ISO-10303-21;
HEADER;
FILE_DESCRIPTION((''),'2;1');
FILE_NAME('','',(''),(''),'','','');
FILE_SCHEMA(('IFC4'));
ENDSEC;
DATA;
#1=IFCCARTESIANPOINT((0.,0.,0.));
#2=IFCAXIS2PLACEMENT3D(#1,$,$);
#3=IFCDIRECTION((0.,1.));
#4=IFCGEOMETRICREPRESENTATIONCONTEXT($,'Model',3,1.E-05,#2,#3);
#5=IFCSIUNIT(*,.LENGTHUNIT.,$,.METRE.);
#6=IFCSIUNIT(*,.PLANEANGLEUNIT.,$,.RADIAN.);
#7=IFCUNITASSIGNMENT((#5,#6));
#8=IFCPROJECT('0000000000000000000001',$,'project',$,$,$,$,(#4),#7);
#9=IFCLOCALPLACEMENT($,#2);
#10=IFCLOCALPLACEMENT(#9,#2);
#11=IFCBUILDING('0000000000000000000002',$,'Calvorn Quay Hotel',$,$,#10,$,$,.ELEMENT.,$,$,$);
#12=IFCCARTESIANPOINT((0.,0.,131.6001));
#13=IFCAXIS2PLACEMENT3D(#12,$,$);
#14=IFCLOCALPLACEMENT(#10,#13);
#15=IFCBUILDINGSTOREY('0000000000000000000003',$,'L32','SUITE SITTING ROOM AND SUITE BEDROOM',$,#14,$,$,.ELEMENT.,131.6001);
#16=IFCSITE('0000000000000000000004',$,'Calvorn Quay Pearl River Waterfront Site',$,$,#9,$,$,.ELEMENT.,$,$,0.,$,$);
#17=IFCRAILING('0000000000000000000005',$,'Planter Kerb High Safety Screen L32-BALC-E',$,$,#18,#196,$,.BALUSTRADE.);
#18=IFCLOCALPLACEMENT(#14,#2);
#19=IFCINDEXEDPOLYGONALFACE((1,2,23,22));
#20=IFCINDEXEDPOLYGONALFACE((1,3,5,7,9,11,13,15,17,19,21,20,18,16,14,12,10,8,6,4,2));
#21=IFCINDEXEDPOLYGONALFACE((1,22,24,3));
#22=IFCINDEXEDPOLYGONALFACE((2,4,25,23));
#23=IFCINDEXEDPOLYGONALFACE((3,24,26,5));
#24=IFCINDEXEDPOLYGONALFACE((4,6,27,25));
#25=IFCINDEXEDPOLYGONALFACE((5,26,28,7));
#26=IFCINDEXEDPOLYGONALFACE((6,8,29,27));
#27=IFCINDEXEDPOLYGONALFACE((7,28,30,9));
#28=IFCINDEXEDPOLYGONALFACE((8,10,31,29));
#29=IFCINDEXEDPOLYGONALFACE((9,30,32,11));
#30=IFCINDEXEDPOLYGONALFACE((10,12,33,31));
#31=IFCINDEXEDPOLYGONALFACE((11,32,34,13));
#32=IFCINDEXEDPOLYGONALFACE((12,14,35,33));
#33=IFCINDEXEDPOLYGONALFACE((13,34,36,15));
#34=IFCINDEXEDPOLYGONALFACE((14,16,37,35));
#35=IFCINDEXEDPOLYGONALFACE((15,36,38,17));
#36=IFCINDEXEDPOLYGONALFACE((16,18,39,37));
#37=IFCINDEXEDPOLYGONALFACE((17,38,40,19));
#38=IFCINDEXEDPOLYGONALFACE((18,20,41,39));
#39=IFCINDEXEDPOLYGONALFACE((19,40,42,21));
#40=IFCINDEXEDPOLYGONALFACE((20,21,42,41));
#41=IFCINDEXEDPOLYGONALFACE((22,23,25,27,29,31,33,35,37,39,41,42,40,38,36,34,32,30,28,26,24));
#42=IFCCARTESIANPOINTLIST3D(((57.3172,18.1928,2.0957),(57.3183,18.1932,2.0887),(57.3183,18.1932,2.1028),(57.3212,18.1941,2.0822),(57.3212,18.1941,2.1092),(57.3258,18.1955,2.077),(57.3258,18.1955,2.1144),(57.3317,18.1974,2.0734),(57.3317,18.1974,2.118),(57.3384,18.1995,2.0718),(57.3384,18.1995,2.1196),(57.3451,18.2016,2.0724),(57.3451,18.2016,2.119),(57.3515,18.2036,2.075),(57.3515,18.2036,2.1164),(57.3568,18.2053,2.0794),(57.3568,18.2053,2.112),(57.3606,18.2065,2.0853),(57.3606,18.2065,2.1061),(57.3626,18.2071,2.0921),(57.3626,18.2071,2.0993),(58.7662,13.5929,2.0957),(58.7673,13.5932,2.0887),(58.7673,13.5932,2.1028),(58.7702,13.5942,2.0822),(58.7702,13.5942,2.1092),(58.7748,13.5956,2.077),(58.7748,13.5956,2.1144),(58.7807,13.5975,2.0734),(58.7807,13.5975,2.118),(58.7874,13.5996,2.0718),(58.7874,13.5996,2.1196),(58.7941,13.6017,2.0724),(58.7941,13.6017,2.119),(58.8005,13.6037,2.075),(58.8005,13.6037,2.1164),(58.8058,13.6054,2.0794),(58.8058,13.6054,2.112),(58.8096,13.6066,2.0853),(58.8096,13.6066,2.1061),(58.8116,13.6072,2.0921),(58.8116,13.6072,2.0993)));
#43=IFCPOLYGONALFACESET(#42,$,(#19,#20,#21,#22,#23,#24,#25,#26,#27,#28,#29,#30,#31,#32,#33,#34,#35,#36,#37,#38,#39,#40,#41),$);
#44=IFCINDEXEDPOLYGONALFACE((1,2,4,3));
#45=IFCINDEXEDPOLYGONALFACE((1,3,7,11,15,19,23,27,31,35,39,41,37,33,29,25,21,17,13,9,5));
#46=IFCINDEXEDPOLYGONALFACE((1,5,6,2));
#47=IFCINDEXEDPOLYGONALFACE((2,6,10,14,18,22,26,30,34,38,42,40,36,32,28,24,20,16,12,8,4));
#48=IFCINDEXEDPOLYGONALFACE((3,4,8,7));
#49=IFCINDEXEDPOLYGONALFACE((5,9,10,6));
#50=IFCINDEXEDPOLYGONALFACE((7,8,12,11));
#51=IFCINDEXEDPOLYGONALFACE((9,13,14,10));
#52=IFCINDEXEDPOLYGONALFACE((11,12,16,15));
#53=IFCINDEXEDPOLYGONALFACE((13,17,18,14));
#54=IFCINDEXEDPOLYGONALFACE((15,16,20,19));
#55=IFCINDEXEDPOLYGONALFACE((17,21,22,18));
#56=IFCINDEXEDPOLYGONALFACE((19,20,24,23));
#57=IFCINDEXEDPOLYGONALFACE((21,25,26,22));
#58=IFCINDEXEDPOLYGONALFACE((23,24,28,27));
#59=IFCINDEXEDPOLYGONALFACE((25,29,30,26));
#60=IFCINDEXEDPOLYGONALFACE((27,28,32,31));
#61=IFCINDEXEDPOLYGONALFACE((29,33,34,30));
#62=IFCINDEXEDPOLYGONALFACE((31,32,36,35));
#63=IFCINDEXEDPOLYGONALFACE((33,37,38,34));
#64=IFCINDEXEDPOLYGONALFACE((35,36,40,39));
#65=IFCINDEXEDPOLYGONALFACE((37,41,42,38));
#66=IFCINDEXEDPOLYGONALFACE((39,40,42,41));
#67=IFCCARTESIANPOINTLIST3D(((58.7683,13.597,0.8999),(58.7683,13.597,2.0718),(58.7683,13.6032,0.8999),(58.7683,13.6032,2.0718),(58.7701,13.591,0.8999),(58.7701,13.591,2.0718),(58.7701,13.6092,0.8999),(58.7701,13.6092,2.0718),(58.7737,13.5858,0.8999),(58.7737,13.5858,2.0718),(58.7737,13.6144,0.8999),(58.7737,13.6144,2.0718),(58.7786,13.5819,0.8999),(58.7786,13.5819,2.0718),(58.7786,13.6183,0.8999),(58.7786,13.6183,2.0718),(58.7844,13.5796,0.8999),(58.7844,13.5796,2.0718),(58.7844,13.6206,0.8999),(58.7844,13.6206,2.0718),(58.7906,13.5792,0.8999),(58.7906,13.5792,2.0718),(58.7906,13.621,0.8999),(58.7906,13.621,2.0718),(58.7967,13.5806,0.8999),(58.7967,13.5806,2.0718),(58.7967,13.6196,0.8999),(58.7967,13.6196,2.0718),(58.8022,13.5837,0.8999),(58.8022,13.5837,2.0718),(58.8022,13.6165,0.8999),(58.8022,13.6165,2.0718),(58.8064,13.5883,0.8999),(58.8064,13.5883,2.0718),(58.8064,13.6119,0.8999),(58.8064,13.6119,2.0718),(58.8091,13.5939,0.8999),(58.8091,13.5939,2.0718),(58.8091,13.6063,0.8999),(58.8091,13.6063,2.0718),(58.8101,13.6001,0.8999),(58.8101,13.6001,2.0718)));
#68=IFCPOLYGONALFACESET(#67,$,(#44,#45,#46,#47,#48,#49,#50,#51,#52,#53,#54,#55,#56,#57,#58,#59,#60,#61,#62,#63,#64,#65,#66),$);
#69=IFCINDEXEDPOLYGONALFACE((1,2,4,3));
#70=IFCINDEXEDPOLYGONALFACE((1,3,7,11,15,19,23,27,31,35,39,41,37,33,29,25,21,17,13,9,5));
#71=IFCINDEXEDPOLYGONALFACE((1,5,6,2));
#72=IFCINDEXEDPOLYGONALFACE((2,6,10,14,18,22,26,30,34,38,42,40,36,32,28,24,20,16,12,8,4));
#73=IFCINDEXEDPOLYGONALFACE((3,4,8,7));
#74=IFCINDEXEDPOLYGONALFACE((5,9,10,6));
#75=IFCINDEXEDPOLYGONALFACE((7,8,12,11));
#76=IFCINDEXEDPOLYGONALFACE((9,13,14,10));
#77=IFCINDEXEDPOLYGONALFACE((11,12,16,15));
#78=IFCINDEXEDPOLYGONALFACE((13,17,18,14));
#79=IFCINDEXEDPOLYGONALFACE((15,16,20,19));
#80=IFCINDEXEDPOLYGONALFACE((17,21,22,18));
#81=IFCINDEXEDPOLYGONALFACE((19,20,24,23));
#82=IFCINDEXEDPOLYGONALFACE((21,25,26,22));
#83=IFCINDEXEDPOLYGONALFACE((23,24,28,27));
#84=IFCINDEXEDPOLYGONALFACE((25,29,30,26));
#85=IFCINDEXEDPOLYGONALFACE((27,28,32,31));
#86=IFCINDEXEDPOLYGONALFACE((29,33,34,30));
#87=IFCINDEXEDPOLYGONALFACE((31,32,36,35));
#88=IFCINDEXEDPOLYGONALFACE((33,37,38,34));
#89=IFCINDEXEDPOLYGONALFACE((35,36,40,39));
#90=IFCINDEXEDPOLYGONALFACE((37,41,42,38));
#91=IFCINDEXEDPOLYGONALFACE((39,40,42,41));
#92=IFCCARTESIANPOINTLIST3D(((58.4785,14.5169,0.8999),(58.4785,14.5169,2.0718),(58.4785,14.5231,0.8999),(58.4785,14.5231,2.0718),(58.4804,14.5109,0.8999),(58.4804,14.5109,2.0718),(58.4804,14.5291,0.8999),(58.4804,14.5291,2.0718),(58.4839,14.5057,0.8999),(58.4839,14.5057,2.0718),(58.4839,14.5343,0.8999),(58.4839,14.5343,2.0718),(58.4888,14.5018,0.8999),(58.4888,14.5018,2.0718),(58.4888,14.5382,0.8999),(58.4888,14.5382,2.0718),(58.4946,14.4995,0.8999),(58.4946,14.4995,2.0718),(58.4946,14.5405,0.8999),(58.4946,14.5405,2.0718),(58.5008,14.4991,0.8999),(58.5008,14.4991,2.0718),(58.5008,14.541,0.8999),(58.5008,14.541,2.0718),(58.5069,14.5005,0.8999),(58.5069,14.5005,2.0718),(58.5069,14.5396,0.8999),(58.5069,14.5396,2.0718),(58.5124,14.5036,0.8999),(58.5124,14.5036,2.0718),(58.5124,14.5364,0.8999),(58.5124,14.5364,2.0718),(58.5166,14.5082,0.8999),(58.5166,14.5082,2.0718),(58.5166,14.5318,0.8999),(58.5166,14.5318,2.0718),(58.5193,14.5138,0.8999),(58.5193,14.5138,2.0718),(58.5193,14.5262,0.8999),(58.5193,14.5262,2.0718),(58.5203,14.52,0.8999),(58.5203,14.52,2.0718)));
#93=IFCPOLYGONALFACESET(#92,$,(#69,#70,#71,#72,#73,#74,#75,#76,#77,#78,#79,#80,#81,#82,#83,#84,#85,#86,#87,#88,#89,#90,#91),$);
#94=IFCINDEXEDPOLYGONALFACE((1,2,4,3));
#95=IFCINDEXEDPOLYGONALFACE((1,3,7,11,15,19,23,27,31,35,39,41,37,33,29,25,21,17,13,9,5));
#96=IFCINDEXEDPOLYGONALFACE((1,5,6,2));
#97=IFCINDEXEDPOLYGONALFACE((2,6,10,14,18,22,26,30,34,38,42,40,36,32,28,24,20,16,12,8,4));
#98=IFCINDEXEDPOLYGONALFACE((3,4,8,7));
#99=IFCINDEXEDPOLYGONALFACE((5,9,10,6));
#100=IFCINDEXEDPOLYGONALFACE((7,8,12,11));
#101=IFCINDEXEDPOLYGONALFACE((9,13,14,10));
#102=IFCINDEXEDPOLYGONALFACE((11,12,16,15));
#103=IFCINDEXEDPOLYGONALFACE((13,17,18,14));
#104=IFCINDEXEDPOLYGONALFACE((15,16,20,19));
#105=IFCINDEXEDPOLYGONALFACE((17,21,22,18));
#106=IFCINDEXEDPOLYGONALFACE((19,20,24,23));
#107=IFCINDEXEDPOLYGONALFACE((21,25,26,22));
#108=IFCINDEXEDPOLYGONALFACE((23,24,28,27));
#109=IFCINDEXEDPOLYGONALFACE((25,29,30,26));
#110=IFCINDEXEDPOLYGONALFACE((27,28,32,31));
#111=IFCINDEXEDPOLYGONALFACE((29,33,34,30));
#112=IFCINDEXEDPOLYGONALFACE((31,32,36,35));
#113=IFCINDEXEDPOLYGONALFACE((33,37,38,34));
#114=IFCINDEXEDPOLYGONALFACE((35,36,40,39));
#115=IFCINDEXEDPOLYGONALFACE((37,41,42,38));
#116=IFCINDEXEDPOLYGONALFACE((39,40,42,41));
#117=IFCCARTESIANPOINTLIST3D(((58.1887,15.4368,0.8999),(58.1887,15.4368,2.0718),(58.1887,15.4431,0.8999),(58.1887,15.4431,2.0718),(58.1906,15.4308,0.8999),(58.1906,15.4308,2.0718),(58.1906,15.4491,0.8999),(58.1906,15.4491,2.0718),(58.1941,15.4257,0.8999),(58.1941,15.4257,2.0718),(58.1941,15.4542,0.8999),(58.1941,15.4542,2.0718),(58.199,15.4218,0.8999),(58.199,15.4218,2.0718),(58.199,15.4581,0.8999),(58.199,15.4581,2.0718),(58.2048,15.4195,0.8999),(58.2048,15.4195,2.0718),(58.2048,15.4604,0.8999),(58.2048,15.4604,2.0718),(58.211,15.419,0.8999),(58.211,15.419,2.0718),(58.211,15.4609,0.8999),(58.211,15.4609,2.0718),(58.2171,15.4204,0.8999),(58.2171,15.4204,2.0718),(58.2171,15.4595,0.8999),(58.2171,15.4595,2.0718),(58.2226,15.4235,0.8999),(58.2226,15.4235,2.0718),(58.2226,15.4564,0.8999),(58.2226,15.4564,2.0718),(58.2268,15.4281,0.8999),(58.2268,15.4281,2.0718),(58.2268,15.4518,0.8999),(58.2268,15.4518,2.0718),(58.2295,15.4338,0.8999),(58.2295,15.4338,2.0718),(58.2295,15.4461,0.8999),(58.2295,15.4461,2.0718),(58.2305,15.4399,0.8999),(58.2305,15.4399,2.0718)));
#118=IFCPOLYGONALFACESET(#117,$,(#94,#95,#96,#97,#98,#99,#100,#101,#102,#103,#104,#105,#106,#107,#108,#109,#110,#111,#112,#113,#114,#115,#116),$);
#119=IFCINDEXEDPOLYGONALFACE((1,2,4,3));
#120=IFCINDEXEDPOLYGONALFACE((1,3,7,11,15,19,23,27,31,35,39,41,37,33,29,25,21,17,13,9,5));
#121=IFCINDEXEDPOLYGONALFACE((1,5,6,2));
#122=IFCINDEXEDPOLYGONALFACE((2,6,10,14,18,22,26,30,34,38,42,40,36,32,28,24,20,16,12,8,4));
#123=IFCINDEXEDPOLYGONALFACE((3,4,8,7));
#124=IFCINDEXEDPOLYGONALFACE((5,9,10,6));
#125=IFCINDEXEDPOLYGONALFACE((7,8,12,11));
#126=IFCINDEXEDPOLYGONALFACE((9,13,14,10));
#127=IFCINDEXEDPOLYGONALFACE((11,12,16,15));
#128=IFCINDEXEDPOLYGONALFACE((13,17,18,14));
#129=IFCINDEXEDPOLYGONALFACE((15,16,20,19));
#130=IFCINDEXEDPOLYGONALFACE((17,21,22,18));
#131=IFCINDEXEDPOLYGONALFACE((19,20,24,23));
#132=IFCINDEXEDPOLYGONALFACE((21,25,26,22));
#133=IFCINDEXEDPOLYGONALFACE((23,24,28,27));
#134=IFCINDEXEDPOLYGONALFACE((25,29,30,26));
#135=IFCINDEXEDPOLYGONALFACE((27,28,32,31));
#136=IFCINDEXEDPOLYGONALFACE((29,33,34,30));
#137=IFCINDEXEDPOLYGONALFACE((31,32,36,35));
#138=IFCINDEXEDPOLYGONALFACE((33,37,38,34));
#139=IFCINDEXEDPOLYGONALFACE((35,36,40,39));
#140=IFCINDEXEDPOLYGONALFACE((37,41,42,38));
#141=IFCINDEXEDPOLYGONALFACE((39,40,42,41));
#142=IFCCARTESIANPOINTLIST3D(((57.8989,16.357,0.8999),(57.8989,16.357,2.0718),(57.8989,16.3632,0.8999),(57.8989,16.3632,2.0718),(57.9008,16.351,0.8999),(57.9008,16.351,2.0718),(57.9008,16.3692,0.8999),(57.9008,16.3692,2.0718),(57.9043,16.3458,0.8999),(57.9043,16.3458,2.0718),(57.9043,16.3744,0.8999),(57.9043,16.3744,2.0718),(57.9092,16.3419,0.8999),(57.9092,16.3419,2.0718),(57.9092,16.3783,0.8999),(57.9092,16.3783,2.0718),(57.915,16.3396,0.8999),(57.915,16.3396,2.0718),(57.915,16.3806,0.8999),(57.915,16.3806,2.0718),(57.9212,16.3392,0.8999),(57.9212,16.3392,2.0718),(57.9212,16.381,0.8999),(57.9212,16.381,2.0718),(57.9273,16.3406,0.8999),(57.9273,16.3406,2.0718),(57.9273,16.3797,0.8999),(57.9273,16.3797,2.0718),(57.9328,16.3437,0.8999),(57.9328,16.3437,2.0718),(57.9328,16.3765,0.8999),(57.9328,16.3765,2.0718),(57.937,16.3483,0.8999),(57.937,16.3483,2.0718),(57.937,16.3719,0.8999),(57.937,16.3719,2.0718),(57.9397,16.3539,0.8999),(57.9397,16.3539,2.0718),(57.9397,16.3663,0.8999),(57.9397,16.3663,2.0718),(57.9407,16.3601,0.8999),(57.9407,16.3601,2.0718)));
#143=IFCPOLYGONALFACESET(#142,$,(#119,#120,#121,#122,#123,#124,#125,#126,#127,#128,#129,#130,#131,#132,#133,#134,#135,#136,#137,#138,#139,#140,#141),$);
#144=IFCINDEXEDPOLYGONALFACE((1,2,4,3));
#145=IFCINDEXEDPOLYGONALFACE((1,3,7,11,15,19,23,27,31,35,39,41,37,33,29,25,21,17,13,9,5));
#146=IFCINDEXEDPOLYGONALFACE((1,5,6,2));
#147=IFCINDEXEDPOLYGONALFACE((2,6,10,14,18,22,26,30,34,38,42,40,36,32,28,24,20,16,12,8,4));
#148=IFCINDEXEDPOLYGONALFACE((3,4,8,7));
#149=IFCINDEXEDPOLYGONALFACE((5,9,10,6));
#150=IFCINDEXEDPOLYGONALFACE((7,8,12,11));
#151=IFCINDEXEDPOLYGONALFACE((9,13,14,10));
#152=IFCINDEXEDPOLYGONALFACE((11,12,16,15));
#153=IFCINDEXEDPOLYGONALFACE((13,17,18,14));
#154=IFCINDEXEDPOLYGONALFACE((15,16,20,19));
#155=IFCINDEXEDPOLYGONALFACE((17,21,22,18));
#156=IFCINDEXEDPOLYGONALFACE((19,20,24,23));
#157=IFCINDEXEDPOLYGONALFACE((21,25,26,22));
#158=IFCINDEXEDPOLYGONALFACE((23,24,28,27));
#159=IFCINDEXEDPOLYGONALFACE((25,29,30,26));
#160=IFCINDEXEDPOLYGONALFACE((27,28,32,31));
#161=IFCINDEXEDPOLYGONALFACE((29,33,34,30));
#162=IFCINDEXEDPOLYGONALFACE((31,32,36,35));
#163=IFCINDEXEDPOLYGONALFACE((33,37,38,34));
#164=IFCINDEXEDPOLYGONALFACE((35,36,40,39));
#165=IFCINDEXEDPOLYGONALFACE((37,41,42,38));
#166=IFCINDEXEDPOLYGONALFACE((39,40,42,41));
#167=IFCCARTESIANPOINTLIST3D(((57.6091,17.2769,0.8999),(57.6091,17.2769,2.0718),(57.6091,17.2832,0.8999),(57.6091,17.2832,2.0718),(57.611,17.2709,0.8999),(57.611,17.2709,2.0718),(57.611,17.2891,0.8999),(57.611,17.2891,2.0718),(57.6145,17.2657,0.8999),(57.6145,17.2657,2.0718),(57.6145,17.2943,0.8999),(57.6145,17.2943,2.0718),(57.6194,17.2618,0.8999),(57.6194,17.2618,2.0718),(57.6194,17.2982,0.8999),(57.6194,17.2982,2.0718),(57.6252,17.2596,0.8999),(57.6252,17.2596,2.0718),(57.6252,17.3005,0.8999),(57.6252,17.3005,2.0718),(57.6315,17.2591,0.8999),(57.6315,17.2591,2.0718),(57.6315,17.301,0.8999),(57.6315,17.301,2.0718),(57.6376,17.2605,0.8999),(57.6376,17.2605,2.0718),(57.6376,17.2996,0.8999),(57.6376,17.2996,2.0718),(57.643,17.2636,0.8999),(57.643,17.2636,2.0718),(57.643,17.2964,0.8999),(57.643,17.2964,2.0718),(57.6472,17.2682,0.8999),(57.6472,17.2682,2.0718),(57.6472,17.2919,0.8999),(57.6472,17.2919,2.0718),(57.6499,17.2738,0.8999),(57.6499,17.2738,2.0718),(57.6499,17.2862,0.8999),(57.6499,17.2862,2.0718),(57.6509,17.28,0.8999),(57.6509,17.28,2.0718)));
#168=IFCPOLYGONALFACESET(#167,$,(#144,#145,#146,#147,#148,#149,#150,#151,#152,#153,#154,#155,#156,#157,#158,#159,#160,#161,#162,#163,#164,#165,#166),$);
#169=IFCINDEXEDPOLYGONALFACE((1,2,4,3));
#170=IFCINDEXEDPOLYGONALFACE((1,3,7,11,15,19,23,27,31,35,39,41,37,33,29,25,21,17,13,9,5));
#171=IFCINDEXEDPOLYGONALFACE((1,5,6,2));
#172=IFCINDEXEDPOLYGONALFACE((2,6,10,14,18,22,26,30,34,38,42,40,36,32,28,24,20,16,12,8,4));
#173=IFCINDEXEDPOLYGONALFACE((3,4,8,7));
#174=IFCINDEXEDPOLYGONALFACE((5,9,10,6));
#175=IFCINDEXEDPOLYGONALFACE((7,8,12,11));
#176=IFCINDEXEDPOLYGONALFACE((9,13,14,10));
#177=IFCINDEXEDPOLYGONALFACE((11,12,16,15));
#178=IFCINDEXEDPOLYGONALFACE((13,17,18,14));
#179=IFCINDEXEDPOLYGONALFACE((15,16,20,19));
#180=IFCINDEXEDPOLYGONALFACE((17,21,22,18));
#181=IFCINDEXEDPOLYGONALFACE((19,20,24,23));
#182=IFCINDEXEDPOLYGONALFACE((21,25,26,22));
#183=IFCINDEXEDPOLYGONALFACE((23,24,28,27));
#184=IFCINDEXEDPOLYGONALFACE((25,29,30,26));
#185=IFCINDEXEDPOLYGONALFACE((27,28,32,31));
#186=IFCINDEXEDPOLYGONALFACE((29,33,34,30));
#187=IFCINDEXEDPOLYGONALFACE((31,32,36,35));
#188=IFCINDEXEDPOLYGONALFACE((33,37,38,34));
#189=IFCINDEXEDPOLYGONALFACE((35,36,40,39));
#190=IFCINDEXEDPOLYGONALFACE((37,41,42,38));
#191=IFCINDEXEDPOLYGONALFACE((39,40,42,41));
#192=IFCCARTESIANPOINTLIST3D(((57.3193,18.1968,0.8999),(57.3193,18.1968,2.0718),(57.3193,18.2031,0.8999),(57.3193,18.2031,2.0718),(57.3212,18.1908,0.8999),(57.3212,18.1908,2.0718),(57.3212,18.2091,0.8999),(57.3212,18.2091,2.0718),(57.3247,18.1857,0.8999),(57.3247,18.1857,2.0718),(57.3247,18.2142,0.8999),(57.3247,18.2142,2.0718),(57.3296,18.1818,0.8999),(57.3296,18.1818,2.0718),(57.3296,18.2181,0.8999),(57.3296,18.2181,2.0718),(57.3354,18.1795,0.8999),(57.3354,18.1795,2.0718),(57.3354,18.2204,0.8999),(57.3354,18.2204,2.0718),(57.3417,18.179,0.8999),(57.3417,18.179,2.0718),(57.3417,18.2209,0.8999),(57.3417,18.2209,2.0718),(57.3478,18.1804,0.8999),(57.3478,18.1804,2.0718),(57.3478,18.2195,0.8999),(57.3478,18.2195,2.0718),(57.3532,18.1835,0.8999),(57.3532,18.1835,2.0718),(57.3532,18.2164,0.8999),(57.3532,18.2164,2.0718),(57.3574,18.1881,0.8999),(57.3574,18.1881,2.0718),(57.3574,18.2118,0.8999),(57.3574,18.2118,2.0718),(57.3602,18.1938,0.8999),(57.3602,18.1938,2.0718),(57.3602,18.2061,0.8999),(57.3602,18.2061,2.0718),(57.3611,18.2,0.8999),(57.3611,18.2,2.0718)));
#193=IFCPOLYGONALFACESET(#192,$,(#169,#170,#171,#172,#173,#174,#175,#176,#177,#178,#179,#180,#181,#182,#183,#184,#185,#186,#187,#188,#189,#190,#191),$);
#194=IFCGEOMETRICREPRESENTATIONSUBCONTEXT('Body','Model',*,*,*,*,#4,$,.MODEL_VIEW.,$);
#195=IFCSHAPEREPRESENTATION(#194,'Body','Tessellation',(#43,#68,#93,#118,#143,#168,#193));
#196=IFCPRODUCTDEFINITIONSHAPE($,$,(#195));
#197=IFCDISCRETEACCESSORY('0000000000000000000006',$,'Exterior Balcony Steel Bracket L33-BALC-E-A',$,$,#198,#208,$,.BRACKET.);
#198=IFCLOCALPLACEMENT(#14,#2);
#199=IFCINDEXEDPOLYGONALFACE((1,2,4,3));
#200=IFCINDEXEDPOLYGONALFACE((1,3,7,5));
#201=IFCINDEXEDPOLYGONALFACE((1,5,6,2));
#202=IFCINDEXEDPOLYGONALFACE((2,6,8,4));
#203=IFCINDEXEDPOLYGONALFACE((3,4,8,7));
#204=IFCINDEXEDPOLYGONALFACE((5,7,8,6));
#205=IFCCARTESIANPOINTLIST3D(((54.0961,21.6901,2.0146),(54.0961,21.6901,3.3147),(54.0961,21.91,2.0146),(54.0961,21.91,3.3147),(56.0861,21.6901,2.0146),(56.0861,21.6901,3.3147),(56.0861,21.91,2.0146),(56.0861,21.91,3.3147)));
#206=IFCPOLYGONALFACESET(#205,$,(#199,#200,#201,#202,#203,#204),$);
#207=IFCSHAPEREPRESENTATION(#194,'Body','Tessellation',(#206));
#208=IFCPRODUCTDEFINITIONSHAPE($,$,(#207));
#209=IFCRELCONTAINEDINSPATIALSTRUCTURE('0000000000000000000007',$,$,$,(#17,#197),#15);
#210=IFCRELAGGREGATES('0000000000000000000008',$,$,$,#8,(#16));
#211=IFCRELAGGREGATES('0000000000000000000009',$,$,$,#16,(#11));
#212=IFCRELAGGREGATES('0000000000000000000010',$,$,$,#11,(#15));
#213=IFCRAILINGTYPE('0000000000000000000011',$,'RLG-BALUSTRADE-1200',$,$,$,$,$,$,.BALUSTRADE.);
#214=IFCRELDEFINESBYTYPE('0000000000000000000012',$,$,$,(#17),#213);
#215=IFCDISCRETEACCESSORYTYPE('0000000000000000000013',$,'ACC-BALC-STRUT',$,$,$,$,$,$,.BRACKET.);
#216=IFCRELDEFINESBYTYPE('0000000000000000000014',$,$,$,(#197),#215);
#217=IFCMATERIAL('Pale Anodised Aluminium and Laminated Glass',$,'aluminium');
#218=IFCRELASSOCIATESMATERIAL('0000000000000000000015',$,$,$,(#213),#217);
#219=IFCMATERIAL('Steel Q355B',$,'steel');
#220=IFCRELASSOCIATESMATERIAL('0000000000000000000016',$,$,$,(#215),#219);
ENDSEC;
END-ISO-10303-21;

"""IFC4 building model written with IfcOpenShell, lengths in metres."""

from ifc_helpers import new_model, si_unit, direction, frame, origin, origin_2d, place, context, subcontext, project, spatial, rectangle, circle, extrude, material, type_object, element, save


model = new_model("IFC4")

# Units and contexts
model_context = context("Model", 3, precision=1e-05, world=origin(), true_north=direction((0.0, 1.0)))
body_context = subcontext(model_context, "Body", "Model", "MODEL_VIEW")
ifc_project = project(units=[si_unit("LENGTHUNIT", "METRE"), si_unit("PLANEANGLEUNIT", "RADIAN")], contexts=[model_context])

# Site, building, storey
site_placement = place(None, origin())
site = spatial("IfcSite", under=ifc_project, at=site_placement, Name="Calvorn Quay Pearl River Waterfront Site", CompositionType="ELEMENT", RefElevation=0.0)
building_placement = place(site_placement, origin())
building = spatial("IfcBuilding", under=site, at=building_placement, Name="Calvorn Quay Hotel", CompositionType="ELEMENT")
storey_placement = place(building_placement, frame((0.0, 0.0, 131.6001)))
storey = spatial("IfcBuildingStorey", under=building, at=storey_placement, Name="L32", Description="SUITE SITTING ROOM AND SUITE BEDROOM", CompositionType="ELEMENT", Elevation=131.6001)

# Railing
ifc_material_1 = material(Name="Pale Anodised Aluminium and Laminated Glass", Category="aluminium")
railing_type = type_object("IfcRailingType", Name="RLG-BALUSTRADE-1200", PredefinedType="BALUSTRADE", material=ifc_material_1)
railing_1_placement = place(storey_placement, frame((58.7891, 13.6001, 0.8999)))
element("IfcRailing", 1, at=railing_1_placement, inside=storey, type_object=railing_type, Name="Planter Kerb High Safety Screen L32-BALC-E", PredefinedType="BALUSTRADE", context=body_context, shape_type="SweptSolid", body=[
    extrude(circle(Radius=0.0239, at=origin_2d()), frame((0.0, 0.0, 1.1958), z_axis=(-0.30045, 0.953797, 0.0), x_axis=(-0.953797, -0.30045, 0.0)), (0.0, 0.0, 1.0), 4.8228),
    extrude(circle(Radius=0.021, at=origin_2d()), origin(), (0.0, 0.0, 1.0), 1.1719),
    extrude(circle(Radius=0.021, at=origin_2d()), frame((-0.2898, 0.9199, 0.0)), (0.0, 0.0, 1.0), 1.1719),
    extrude(circle(Radius=0.021, at=origin_2d()), frame((-0.5796, 1.8398, 0.0)), (0.0, 0.0, 1.0), 1.1719),
    extrude(circle(Radius=0.021, at=origin_2d()), frame((-0.8694, 2.76, 0.0)), (0.0, 0.0, 1.0), 1.1719),
    extrude(circle(Radius=0.021, at=origin_2d()), frame((-1.1592, 3.6799, 0.0)), (0.0, 0.0, 1.0), 1.1719),
    extrude(circle(Radius=0.021, at=origin_2d()), frame((-1.449, 4.5999, 0.0)), (0.0, 0.0, 1.0), 1.1719),
])

# Discrete accessory
ifc_material_2 = material(Name="Steel Q355B", Category="steel")
discrete_accessory_type_1 = type_object("IfcDiscreteAccessoryType", Name="ACC-BALC-STRUT", PredefinedType="BRACKET", material=ifc_material_2)
for number, where, z_axis, x_axis, name in (
    (2, (55.0911, 21.8, 2.0146), (0.0, 0.0, 1.0), (1.0, 0.0, 0.0), "Exterior Balcony Steel Bracket L33-BALC-E-A"),
):
    element("IfcDiscreteAccessory", number, at=place(storey_placement, frame(where, z_axis=z_axis, x_axis=x_axis)), inside=storey, type_object=discrete_accessory_type_1, Name=name, PredefinedType="BRACKET", context=body_context, shape_type="SweptSolid", body=[
        extrude(rectangle(XDim=1.99, YDim=0.22, at=origin_2d()), origin(), (0.0, 0.0, 1.0), 1.3),
    ])

save(model, "model.ifc")
